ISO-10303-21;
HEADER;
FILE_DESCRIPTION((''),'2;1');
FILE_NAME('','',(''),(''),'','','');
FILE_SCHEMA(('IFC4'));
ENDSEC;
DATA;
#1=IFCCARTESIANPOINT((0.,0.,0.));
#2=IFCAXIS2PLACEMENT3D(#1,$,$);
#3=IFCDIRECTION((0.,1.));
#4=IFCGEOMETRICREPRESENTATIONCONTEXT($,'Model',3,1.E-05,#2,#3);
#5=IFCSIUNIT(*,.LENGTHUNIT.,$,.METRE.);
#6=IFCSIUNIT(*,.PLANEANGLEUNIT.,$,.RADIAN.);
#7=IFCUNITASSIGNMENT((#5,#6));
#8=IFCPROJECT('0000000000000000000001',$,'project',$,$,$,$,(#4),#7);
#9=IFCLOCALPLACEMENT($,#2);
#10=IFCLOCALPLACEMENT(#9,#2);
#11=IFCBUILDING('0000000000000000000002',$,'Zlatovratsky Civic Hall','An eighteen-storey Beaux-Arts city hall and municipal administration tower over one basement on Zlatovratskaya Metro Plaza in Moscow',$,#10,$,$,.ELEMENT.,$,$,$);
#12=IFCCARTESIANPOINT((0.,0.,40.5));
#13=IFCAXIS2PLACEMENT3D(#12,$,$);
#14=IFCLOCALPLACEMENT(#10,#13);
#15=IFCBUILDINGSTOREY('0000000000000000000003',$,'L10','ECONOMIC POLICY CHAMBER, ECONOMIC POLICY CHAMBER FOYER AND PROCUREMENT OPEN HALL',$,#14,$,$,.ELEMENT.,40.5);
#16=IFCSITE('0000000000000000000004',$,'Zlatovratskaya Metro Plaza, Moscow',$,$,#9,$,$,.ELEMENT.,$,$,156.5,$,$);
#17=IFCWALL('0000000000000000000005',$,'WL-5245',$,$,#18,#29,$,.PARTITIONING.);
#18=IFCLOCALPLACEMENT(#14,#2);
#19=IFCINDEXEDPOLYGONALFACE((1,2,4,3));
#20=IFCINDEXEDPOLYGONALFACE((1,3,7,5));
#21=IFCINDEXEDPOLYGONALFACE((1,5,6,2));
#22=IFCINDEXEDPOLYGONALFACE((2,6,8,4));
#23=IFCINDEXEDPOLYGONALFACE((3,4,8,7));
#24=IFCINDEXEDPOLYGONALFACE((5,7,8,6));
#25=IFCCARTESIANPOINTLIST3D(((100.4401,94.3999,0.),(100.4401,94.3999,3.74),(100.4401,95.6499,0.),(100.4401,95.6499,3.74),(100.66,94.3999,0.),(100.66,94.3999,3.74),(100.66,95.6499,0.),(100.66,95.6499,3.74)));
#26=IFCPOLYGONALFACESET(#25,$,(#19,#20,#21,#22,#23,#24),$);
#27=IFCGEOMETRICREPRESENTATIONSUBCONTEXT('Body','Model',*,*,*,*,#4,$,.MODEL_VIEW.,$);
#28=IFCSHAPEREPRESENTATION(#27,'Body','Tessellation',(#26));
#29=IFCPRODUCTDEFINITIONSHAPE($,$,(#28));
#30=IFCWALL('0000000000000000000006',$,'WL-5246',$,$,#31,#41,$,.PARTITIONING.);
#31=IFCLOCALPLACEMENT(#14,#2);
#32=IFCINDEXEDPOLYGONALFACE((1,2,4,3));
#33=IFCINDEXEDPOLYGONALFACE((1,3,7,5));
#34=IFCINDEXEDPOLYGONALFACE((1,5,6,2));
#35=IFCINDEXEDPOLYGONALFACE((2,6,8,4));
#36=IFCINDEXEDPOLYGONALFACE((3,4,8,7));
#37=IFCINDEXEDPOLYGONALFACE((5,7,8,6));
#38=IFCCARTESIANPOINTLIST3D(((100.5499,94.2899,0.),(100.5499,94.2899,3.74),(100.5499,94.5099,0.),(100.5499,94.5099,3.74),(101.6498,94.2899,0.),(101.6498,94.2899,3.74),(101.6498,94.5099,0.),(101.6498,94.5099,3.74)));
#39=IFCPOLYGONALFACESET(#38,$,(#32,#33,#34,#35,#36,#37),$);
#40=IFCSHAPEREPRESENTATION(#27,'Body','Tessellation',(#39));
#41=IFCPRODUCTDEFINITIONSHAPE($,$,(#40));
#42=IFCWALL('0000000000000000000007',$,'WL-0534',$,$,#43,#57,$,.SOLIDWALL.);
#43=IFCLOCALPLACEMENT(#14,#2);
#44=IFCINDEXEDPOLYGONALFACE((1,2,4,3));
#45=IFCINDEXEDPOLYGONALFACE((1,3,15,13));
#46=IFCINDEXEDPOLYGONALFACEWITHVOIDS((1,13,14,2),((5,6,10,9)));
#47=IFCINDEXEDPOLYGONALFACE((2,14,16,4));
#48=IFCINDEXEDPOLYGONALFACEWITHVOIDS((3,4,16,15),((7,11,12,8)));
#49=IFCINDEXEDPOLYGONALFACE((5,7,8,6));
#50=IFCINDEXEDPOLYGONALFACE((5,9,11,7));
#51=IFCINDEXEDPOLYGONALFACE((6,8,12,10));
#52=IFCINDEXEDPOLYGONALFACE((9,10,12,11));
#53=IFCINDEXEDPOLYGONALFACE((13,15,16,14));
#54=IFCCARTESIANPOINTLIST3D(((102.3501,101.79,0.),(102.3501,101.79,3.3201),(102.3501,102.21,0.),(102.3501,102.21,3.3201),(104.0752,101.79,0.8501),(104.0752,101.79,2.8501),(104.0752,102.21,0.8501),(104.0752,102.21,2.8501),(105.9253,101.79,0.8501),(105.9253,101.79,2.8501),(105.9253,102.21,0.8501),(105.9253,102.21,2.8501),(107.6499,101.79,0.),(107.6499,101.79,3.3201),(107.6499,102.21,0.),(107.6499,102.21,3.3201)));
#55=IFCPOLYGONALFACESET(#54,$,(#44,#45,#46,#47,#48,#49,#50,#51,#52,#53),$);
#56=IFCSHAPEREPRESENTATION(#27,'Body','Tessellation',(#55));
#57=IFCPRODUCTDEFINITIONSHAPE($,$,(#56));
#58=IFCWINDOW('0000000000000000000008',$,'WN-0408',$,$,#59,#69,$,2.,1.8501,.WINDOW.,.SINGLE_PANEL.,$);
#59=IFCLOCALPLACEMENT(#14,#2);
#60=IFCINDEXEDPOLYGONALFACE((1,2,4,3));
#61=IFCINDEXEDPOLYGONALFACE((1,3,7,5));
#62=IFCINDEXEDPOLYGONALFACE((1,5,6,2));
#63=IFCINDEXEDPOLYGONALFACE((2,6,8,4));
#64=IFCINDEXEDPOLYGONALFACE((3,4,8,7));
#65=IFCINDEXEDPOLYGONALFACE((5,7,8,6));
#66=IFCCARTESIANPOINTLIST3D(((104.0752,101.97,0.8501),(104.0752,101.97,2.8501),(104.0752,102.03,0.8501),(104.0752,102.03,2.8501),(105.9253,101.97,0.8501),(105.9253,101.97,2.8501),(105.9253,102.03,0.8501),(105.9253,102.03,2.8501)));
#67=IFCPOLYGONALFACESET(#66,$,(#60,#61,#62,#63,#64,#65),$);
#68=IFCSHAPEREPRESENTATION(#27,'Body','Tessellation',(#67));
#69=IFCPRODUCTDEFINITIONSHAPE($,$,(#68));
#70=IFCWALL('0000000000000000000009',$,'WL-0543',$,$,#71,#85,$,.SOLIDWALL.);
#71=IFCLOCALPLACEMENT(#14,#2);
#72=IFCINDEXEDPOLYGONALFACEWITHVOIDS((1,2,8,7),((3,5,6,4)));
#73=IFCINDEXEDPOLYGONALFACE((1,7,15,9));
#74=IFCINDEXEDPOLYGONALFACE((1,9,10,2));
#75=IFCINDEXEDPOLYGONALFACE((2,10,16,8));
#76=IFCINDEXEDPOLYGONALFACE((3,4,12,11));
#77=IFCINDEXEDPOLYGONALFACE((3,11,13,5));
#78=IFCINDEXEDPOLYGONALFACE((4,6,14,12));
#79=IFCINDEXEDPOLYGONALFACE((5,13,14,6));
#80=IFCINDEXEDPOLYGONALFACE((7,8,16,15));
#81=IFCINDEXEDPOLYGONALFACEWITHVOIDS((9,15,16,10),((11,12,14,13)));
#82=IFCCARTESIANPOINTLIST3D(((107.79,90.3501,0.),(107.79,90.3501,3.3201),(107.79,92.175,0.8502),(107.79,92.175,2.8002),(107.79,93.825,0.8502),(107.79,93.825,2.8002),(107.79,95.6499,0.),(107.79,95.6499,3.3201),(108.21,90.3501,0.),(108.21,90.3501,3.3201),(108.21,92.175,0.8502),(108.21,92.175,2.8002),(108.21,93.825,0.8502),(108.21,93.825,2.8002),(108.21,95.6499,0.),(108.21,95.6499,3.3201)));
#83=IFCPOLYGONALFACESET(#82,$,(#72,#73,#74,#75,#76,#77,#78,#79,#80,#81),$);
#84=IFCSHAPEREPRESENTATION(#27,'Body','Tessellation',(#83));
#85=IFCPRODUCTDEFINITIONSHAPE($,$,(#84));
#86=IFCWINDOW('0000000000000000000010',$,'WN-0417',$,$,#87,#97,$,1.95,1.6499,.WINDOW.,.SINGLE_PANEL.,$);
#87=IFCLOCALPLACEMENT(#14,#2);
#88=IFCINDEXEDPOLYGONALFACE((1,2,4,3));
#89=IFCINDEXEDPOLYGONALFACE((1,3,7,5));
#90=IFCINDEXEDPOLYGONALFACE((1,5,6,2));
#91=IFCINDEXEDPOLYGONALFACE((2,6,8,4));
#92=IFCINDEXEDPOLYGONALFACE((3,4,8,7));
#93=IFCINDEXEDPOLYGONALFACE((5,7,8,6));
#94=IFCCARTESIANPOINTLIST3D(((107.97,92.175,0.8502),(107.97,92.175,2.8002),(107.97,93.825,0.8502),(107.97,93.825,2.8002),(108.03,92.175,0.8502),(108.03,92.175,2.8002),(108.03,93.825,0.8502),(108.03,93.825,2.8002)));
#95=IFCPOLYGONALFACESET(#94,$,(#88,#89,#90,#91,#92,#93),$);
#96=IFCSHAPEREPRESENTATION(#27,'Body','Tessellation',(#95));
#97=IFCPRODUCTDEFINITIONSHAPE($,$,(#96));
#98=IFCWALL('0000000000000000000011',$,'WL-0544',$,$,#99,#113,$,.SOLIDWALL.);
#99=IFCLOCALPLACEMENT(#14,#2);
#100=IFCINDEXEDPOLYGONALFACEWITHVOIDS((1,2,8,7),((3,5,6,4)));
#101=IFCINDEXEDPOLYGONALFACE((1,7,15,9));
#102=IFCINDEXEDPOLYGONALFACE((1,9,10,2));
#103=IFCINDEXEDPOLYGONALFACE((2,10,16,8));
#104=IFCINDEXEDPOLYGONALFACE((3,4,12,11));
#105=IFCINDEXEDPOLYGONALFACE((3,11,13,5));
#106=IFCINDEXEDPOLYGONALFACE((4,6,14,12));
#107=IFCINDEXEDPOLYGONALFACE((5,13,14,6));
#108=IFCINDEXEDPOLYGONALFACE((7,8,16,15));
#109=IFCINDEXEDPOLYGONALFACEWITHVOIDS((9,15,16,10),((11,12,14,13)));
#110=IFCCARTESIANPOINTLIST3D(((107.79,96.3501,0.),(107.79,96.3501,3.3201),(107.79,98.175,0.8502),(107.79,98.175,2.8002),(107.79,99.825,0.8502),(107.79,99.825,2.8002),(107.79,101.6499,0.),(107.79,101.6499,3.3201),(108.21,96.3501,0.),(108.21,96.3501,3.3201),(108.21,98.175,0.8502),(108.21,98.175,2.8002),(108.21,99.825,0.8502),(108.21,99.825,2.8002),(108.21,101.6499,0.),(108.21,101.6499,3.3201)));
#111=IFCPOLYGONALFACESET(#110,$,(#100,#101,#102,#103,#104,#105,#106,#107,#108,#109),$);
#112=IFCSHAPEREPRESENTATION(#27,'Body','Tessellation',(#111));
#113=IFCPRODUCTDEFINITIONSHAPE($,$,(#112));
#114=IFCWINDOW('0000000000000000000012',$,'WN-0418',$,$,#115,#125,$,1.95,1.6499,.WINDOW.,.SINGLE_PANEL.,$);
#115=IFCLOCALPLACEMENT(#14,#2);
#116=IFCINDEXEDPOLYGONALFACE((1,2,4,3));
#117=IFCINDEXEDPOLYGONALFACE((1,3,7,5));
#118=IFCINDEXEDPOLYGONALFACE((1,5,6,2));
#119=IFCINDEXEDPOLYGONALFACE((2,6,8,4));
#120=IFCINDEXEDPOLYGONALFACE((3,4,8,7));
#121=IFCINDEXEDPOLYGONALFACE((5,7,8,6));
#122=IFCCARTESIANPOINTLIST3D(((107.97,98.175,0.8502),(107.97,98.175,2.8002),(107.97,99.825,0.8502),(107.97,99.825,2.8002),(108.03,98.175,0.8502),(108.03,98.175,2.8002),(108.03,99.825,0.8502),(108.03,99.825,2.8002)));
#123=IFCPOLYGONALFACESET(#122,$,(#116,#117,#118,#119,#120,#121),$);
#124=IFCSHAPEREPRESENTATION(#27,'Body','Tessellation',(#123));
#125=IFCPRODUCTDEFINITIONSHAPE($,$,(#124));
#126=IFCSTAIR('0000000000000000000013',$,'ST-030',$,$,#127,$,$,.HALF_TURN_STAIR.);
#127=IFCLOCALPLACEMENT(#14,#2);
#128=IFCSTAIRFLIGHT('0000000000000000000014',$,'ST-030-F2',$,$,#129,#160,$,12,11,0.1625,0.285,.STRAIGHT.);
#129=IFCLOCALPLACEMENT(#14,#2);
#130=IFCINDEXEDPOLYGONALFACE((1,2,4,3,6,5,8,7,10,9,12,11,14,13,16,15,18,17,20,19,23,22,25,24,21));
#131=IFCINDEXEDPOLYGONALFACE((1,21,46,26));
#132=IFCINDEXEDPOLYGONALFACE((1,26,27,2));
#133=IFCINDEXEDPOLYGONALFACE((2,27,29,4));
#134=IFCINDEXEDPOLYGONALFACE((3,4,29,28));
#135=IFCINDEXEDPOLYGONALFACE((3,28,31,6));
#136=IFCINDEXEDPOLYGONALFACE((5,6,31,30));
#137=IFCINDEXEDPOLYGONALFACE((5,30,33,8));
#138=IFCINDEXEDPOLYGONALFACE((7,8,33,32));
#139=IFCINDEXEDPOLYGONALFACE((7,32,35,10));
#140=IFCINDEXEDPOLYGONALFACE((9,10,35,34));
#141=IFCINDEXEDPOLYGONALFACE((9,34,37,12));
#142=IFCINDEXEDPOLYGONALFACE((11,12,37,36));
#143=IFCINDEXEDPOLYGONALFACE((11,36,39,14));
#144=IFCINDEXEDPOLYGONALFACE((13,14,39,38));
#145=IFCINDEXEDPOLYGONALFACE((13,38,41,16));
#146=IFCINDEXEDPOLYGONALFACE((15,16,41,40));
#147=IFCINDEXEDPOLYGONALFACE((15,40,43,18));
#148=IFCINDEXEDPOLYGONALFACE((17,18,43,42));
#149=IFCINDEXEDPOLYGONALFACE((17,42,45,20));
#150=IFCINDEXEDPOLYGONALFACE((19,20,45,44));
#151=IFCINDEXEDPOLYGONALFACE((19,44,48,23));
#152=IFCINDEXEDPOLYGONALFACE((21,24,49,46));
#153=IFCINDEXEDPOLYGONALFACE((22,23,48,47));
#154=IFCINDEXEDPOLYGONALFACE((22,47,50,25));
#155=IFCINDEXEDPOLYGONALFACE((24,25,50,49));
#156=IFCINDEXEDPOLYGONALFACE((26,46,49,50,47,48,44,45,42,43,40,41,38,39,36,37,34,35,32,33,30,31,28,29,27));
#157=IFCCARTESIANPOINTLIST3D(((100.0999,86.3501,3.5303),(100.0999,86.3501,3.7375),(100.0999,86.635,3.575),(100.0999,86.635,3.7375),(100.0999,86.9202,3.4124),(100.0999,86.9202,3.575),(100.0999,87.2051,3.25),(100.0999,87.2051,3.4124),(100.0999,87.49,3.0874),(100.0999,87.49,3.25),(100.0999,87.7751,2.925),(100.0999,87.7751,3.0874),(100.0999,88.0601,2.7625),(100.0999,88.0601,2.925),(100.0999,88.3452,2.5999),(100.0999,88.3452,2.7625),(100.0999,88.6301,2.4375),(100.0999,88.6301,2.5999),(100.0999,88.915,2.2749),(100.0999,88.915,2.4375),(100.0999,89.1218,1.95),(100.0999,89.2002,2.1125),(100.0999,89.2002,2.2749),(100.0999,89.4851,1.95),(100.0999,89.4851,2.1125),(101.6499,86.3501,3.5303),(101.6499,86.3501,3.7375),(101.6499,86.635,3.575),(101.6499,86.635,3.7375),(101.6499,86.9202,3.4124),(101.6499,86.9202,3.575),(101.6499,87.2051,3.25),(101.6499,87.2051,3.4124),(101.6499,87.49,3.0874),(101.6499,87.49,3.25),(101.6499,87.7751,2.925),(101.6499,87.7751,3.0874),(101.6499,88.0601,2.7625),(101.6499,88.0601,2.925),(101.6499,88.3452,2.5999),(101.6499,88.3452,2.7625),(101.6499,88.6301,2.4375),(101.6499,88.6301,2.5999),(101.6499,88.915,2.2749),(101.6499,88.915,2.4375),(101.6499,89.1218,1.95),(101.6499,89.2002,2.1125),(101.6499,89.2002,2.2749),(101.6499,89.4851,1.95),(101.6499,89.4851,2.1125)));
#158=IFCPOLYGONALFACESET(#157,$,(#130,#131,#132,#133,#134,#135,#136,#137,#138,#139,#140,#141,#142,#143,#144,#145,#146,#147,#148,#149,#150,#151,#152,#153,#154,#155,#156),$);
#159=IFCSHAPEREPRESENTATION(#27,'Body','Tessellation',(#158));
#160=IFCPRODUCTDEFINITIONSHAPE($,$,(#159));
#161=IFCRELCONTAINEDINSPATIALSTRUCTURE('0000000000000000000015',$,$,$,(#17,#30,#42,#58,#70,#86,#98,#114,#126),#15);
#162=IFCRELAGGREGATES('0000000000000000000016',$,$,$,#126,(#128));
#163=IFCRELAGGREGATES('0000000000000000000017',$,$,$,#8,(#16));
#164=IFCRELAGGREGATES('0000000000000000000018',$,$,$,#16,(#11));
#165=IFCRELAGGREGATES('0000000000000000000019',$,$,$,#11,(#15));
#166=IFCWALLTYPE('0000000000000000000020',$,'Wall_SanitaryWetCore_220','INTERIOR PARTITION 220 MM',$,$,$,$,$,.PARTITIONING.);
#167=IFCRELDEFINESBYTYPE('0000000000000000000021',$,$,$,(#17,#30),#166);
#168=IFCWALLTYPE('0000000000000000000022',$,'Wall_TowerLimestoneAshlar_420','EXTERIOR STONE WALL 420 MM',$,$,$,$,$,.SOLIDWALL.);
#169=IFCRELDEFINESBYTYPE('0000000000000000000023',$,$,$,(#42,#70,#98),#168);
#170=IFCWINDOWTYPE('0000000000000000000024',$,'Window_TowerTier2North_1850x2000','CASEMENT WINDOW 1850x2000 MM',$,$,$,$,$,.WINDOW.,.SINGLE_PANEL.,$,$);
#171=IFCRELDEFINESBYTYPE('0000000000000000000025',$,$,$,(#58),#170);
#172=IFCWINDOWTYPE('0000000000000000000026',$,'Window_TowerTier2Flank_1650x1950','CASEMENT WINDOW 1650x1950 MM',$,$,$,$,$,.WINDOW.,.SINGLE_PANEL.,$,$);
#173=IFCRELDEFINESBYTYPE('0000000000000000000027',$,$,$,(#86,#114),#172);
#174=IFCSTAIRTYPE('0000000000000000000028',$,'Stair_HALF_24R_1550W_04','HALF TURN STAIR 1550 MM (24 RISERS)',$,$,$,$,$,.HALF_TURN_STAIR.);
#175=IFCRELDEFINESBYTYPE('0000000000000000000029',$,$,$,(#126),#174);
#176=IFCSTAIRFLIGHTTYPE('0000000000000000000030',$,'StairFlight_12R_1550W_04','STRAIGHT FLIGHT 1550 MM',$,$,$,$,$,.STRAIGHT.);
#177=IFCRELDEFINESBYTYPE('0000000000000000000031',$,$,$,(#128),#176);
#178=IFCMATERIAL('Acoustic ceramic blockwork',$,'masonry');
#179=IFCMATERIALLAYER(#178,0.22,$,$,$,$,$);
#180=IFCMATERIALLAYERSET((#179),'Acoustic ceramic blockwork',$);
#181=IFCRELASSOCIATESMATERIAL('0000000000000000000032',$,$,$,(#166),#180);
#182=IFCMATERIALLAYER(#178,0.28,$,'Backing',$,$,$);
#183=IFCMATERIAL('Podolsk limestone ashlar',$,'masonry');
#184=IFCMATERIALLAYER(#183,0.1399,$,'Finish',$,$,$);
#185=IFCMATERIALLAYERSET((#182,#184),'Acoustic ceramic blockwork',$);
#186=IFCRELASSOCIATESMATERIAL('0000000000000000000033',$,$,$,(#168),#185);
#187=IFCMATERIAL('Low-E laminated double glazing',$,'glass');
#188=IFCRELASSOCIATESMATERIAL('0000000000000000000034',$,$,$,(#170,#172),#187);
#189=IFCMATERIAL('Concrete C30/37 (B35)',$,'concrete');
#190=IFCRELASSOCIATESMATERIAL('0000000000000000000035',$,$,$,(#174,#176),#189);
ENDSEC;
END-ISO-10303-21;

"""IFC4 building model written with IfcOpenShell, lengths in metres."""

from ifc_helpers import new_model, si_unit, direction, frame, frame_2d, origin, place, context, subcontext, project, spatial, polyline, rectangle, outline, extrude, material, layer, layer_set, type_object, element, fill, aggregate, save


model = new_model("IFC4")

# Units and contexts
model_context = context("Model", 3, precision=1e-05, world=origin(), true_north=direction((0.0, 1.0)))
body_context = subcontext(model_context, "Body", "Model", "MODEL_VIEW")
ifc_project = project(units=[si_unit("LENGTHUNIT", "METRE"), si_unit("PLANEANGLEUNIT", "RADIAN")], contexts=[model_context])

# Site, building, storey
site_placement = place(None, origin())
site = spatial("IfcSite", under=ifc_project, at=site_placement, Name="Zlatovratskaya Metro Plaza, Moscow", CompositionType="ELEMENT", RefElevation=156.5)
building_placement = place(site_placement, origin())
building = spatial("IfcBuilding", under=site, at=building_placement, Name="Zlatovratsky Civic Hall", Description="An eighteen-storey Beaux-Arts city hall and municipal administration tower over one basement on Zlatovratskaya Metro Plaza in Moscow", CompositionType="ELEMENT")
storey_placement = place(building_placement, frame((0.0, 0.0, 40.5)))
storey = spatial("IfcBuildingStorey", under=building, at=storey_placement, Name="L10", Description="ECONOMIC POLICY CHAMBER, ECONOMIC POLICY CHAMBER FOYER AND PROCUREMENT OPEN HALL", CompositionType="ELEMENT", Elevation=40.5)

# Walls
ifc_material_1 = material(Name="Acoustic ceramic blockwork", Category="masonry")
ifc_layer_1 = layer(ifc_material_1, 0.22)
ifc_layer_set_1 = layer_set([ifc_layer_1], Name="Acoustic ceramic blockwork")
wall_type_1 = type_object("IfcWallType", Name="Wall_SanitaryWetCore_220", Description="INTERIOR PARTITION 220 MM", PredefinedType="PARTITIONING", material=ifc_layer_set_1)
wall_1_placement = place(storey_placement, frame((100.55, 94.3999, 0.0), z_axis=(0.0, 0.0, 1.0), x_axis=(0.0, 1.0, 0.0)))
element("IfcWall", 1, at=wall_1_placement, inside=storey, type_object=wall_type_1, Name="WL-5245", PredefinedType="PARTITIONING", context=body_context, shape_type="SweptSolid", body=[
    extrude(rectangle(XDim=1.25, YDim=0.22, at=frame_2d((0.625, 0.0))), origin(), (0.0, 0.0, 1.0), 3.74),
])
wall_2_placement = place(storey_placement, frame((100.55, 94.3999, 0.0), z_axis=(0.0, 0.0, 1.0), x_axis=(1.0, 0.0, 0.0)))
element("IfcWall", 2, at=wall_2_placement, inside=storey, type_object=wall_type_1, Name="WL-5246", PredefinedType="PARTITIONING", context=body_context, shape_type="SweptSolid", body=[
    extrude(rectangle(XDim=1.0999, YDim=0.22, at=frame_2d((0.5498, 0.0))), origin(), (0.0, 0.0, 1.0), 3.74),
])

# Walls, openings, windows
ifc_layer_2 = layer(ifc_material_1, 0.28, Name="Backing")
ifc_material_2 = material(Name="Podolsk limestone ashlar", Category="masonry")
ifc_layer_3 = layer(ifc_material_2, 0.1399, Name="Finish")
ifc_layer_set_2 = layer_set([ifc_layer_2, ifc_layer_3], Name="Acoustic ceramic blockwork")
wall_type_2 = type_object("IfcWallType", Name="Wall_TowerLimestoneAshlar_420", Description="EXTERIOR STONE WALL 420 MM", PredefinedType="SOLIDWALL", material=ifc_layer_set_2)
wall_3_placement = place(storey_placement, frame((102.3501, 102.0, 0.0), z_axis=(0.0, 0.0, 1.0), x_axis=(1.0, 0.0, 0.0)))
wall_3 = element("IfcWall", 3, at=wall_3_placement, inside=storey, type_object=wall_type_2, Name="WL-0534", PredefinedType="SOLIDWALL", context=body_context, shape_type="SweptSolid", body=[
    extrude(rectangle(XDim=5.2998, YDim=0.4199, at=frame_2d((2.6499, 0.0))), origin(), (0.0, 0.0, 1.0), 3.3201),
])
opening_1_placement = place(wall_3_placement, frame((1.7251, 0.0, 0.8501)))
opening_1 = element("IfcOpeningElement", 4, at=opening_1_placement, cuts=wall_3, PredefinedType="OPENING", context=body_context, shape_type="SweptSolid", body=[
    extrude(rectangle(XDim=1.8501, YDim=2.0, at=frame_2d((0.925, 1.0))), frame((0.0, 0.2249, 0.0), z_axis=(0.0, -1.0, 0.0), x_axis=(1.0, 0.0, 0.0)), (0.0, 0.0, 1.0), 0.4497),
])
ifc_material_3 = material(Name="Low-E laminated double glazing", Category="glass")
window_type_1 = type_object("IfcWindowType", Name="Window_TowerTier2North_1850x2000", Description="CASEMENT WINDOW 1850x2000 MM", PartitioningType="SINGLE_PANEL", PredefinedType="WINDOW", material=ifc_material_3)
window_1_placement = place(opening_1_placement, origin())
window_1 = element("IfcWindow", 5, at=window_1_placement, inside=storey, type_object=window_type_1, Name="WN-0408", OverallHeight=2.0, OverallWidth=1.8501, PartitioningType="SINGLE_PANEL", PredefinedType="WINDOW", context=body_context, shape_type="SweptSolid", body=[
    extrude(rectangle(XDim=1.8501, YDim=2.0, at=frame_2d((0.925, 1.0))), frame((0.0, 0.03, 0.0), z_axis=(0.0, -1.0, 0.0), x_axis=(1.0, 0.0, 0.0)), (0.0, 0.0, 1.0), 0.0601),
])
fill(opening_1, window_1)
wall_4_placement = place(storey_placement, frame((108.0, 90.3501, 0.0), z_axis=(0.0, 0.0, 1.0), x_axis=(0.0, 1.0, 0.0)))
wall_4 = element("IfcWall", 6, at=wall_4_placement, inside=storey, type_object=wall_type_2, Name="WL-0543", PredefinedType="SOLIDWALL", context=body_context, shape_type="SweptSolid", body=[
    extrude(rectangle(XDim=5.2998, YDim=0.4199, at=frame_2d((2.6499, 0.0))), origin(), (0.0, 0.0, 1.0), 3.3201),
])
opening_2_placement = place(wall_4_placement, frame((1.825, 0.0, 0.8501)))
opening_2 = element("IfcOpeningElement", 7, at=opening_2_placement, cuts=wall_4, PredefinedType="OPENING", context=body_context, shape_type="SweptSolid", body=[
    extrude(rectangle(XDim=1.6499, YDim=1.95, at=frame_2d((0.825, 0.9751))), frame((0.0, 0.2249, 0.0), z_axis=(0.0, -1.0, 0.0), x_axis=(1.0, 0.0, 0.0)), (0.0, 0.0, 1.0), 0.4497),
])
window_type_2 = type_object("IfcWindowType", Name="Window_TowerTier2Flank_1650x1950", Description="CASEMENT WINDOW 1650x1950 MM", PartitioningType="SINGLE_PANEL", PredefinedType="WINDOW", material=ifc_material_3)
window_2_placement = place(opening_2_placement, origin())
window_2 = element("IfcWindow", 8, at=window_2_placement, inside=storey, type_object=window_type_2, Name="WN-0417", OverallHeight=1.95, OverallWidth=1.6499, PartitioningType="SINGLE_PANEL", PredefinedType="WINDOW", context=body_context, shape_type="SweptSolid", body=[
    extrude(rectangle(XDim=1.6499, YDim=1.95, at=frame_2d((0.825, 0.9751))), frame((0.0, 0.03, 0.0), z_axis=(0.0, -1.0, 0.0), x_axis=(1.0, 0.0, 0.0)), (0.0, 0.0, 1.0), 0.0601),
])
fill(opening_2, window_2)
wall_5_placement = place(storey_placement, frame((108.0, 96.3501, 0.0), z_axis=(0.0, 0.0, 1.0), x_axis=(0.0, 1.0, 0.0)))
wall_5 = element("IfcWall", 9, at=wall_5_placement, inside=storey, type_object=wall_type_2, Name="WL-0544", PredefinedType="SOLIDWALL", context=body_context, shape_type="SweptSolid", body=[
    extrude(rectangle(XDim=5.2998, YDim=0.4199, at=frame_2d((2.6499, 0.0))), origin(), (0.0, 0.0, 1.0), 3.3201),
])
opening_3_placement = place(wall_5_placement, frame((1.825, 0.0, 0.8501)))
opening_3 = element("IfcOpeningElement", 10, at=opening_3_placement, cuts=wall_5, PredefinedType="OPENING", context=body_context, shape_type="SweptSolid", body=[
    extrude(rectangle(XDim=1.6499, YDim=1.95, at=frame_2d((0.825, 0.9751))), frame((0.0, 0.2249, 0.0), z_axis=(0.0, -1.0, 0.0), x_axis=(1.0, 0.0, 0.0)), (0.0, 0.0, 1.0), 0.4497),
])
window_3_placement = place(opening_3_placement, origin())
window_3 = element("IfcWindow", 11, at=window_3_placement, inside=storey, type_object=window_type_2, Name="WN-0418", OverallHeight=1.95, OverallWidth=1.6499, PartitioningType="SINGLE_PANEL", PredefinedType="WINDOW", context=body_context, shape_type="SweptSolid", body=[
    extrude(rectangle(XDim=1.6499, YDim=1.95, at=frame_2d((0.825, 0.9751))), frame((0.0, 0.03, 0.0), z_axis=(0.0, -1.0, 0.0), x_axis=(1.0, 0.0, 0.0)), (0.0, 0.0, 1.0), 0.0601),
])
fill(opening_3, window_3)

# Stair, stair flight
ifc_material_4 = material(Name="Concrete C30/37 (B35)", Category="concrete")
stair_type = type_object("IfcStairType", Name="Stair_HALF_24R_1550W_04", Description="HALF TURN STAIR 1550 MM (24 RISERS)", PredefinedType="HALF_TURN_STAIR", material=ifc_material_4)
stair_placement = place(storey_placement, origin())
stair = element("IfcStair", 12, at=stair_placement, inside=storey, type_object=stair_type, Name="ST-030", PredefinedType="HALF_TURN_STAIR")
stair_flight_type = type_object("IfcStairFlightType", Name="StairFlight_12R_1550W_04", Description="STRAIGHT FLIGHT 1550 MM", PredefinedType="STRAIGHT", material=ifc_material_4)
stair_flight_placement = place(storey_placement, frame((100.875, 89.4851, 1.95), z_axis=(0.0, 0.0, 1.0), x_axis=(0.0, -1.0, 0.0)))
stair_flight = element("IfcStairFlight", 13, at=stair_flight_placement, type_object=stair_flight_type, Name="ST-030-F2", NumberOfRisers=12, NumberOfTreads=11, PredefinedType="STRAIGHT", RiserHeight=0.1625, TreadLength=0.285, context=body_context, shape_type="SweptSolid", body=[
    extrude(outline(polyline([(0.0, 0.0), (0.0, 0.1626), (0.2849, 0.1626), (0.2849, 0.325), (0.5701, 0.325), (0.5701, 0.4875), (0.855, 0.4875), (0.855, 0.6499), (1.1399, 0.6499), (1.1399, 0.8125), (1.425, 0.8125), (1.425, 0.9751), (1.71, 0.9751), (1.71, 1.1375), (1.9951, 1.1375), (1.9951, 1.3), (2.28, 1.3), (2.28, 1.4624), (2.5649, 1.4624), (2.5649, 1.625), (2.8501, 1.625), (2.8501, 1.7876), (3.135, 1.7876), (3.135, 1.95), (3.135, 1.5803), (0.3633, 0.0), (0.0, 0.0)])), frame((0.0, 0.7749, 0.0), z_axis=(0.0, -1.0, 0.0), x_axis=(1.0, 0.0, 0.0)), (0.0, 0.0, 1.0), 1.55),
])
aggregate(stair, [stair_flight])

save(model, "model.ifc")
